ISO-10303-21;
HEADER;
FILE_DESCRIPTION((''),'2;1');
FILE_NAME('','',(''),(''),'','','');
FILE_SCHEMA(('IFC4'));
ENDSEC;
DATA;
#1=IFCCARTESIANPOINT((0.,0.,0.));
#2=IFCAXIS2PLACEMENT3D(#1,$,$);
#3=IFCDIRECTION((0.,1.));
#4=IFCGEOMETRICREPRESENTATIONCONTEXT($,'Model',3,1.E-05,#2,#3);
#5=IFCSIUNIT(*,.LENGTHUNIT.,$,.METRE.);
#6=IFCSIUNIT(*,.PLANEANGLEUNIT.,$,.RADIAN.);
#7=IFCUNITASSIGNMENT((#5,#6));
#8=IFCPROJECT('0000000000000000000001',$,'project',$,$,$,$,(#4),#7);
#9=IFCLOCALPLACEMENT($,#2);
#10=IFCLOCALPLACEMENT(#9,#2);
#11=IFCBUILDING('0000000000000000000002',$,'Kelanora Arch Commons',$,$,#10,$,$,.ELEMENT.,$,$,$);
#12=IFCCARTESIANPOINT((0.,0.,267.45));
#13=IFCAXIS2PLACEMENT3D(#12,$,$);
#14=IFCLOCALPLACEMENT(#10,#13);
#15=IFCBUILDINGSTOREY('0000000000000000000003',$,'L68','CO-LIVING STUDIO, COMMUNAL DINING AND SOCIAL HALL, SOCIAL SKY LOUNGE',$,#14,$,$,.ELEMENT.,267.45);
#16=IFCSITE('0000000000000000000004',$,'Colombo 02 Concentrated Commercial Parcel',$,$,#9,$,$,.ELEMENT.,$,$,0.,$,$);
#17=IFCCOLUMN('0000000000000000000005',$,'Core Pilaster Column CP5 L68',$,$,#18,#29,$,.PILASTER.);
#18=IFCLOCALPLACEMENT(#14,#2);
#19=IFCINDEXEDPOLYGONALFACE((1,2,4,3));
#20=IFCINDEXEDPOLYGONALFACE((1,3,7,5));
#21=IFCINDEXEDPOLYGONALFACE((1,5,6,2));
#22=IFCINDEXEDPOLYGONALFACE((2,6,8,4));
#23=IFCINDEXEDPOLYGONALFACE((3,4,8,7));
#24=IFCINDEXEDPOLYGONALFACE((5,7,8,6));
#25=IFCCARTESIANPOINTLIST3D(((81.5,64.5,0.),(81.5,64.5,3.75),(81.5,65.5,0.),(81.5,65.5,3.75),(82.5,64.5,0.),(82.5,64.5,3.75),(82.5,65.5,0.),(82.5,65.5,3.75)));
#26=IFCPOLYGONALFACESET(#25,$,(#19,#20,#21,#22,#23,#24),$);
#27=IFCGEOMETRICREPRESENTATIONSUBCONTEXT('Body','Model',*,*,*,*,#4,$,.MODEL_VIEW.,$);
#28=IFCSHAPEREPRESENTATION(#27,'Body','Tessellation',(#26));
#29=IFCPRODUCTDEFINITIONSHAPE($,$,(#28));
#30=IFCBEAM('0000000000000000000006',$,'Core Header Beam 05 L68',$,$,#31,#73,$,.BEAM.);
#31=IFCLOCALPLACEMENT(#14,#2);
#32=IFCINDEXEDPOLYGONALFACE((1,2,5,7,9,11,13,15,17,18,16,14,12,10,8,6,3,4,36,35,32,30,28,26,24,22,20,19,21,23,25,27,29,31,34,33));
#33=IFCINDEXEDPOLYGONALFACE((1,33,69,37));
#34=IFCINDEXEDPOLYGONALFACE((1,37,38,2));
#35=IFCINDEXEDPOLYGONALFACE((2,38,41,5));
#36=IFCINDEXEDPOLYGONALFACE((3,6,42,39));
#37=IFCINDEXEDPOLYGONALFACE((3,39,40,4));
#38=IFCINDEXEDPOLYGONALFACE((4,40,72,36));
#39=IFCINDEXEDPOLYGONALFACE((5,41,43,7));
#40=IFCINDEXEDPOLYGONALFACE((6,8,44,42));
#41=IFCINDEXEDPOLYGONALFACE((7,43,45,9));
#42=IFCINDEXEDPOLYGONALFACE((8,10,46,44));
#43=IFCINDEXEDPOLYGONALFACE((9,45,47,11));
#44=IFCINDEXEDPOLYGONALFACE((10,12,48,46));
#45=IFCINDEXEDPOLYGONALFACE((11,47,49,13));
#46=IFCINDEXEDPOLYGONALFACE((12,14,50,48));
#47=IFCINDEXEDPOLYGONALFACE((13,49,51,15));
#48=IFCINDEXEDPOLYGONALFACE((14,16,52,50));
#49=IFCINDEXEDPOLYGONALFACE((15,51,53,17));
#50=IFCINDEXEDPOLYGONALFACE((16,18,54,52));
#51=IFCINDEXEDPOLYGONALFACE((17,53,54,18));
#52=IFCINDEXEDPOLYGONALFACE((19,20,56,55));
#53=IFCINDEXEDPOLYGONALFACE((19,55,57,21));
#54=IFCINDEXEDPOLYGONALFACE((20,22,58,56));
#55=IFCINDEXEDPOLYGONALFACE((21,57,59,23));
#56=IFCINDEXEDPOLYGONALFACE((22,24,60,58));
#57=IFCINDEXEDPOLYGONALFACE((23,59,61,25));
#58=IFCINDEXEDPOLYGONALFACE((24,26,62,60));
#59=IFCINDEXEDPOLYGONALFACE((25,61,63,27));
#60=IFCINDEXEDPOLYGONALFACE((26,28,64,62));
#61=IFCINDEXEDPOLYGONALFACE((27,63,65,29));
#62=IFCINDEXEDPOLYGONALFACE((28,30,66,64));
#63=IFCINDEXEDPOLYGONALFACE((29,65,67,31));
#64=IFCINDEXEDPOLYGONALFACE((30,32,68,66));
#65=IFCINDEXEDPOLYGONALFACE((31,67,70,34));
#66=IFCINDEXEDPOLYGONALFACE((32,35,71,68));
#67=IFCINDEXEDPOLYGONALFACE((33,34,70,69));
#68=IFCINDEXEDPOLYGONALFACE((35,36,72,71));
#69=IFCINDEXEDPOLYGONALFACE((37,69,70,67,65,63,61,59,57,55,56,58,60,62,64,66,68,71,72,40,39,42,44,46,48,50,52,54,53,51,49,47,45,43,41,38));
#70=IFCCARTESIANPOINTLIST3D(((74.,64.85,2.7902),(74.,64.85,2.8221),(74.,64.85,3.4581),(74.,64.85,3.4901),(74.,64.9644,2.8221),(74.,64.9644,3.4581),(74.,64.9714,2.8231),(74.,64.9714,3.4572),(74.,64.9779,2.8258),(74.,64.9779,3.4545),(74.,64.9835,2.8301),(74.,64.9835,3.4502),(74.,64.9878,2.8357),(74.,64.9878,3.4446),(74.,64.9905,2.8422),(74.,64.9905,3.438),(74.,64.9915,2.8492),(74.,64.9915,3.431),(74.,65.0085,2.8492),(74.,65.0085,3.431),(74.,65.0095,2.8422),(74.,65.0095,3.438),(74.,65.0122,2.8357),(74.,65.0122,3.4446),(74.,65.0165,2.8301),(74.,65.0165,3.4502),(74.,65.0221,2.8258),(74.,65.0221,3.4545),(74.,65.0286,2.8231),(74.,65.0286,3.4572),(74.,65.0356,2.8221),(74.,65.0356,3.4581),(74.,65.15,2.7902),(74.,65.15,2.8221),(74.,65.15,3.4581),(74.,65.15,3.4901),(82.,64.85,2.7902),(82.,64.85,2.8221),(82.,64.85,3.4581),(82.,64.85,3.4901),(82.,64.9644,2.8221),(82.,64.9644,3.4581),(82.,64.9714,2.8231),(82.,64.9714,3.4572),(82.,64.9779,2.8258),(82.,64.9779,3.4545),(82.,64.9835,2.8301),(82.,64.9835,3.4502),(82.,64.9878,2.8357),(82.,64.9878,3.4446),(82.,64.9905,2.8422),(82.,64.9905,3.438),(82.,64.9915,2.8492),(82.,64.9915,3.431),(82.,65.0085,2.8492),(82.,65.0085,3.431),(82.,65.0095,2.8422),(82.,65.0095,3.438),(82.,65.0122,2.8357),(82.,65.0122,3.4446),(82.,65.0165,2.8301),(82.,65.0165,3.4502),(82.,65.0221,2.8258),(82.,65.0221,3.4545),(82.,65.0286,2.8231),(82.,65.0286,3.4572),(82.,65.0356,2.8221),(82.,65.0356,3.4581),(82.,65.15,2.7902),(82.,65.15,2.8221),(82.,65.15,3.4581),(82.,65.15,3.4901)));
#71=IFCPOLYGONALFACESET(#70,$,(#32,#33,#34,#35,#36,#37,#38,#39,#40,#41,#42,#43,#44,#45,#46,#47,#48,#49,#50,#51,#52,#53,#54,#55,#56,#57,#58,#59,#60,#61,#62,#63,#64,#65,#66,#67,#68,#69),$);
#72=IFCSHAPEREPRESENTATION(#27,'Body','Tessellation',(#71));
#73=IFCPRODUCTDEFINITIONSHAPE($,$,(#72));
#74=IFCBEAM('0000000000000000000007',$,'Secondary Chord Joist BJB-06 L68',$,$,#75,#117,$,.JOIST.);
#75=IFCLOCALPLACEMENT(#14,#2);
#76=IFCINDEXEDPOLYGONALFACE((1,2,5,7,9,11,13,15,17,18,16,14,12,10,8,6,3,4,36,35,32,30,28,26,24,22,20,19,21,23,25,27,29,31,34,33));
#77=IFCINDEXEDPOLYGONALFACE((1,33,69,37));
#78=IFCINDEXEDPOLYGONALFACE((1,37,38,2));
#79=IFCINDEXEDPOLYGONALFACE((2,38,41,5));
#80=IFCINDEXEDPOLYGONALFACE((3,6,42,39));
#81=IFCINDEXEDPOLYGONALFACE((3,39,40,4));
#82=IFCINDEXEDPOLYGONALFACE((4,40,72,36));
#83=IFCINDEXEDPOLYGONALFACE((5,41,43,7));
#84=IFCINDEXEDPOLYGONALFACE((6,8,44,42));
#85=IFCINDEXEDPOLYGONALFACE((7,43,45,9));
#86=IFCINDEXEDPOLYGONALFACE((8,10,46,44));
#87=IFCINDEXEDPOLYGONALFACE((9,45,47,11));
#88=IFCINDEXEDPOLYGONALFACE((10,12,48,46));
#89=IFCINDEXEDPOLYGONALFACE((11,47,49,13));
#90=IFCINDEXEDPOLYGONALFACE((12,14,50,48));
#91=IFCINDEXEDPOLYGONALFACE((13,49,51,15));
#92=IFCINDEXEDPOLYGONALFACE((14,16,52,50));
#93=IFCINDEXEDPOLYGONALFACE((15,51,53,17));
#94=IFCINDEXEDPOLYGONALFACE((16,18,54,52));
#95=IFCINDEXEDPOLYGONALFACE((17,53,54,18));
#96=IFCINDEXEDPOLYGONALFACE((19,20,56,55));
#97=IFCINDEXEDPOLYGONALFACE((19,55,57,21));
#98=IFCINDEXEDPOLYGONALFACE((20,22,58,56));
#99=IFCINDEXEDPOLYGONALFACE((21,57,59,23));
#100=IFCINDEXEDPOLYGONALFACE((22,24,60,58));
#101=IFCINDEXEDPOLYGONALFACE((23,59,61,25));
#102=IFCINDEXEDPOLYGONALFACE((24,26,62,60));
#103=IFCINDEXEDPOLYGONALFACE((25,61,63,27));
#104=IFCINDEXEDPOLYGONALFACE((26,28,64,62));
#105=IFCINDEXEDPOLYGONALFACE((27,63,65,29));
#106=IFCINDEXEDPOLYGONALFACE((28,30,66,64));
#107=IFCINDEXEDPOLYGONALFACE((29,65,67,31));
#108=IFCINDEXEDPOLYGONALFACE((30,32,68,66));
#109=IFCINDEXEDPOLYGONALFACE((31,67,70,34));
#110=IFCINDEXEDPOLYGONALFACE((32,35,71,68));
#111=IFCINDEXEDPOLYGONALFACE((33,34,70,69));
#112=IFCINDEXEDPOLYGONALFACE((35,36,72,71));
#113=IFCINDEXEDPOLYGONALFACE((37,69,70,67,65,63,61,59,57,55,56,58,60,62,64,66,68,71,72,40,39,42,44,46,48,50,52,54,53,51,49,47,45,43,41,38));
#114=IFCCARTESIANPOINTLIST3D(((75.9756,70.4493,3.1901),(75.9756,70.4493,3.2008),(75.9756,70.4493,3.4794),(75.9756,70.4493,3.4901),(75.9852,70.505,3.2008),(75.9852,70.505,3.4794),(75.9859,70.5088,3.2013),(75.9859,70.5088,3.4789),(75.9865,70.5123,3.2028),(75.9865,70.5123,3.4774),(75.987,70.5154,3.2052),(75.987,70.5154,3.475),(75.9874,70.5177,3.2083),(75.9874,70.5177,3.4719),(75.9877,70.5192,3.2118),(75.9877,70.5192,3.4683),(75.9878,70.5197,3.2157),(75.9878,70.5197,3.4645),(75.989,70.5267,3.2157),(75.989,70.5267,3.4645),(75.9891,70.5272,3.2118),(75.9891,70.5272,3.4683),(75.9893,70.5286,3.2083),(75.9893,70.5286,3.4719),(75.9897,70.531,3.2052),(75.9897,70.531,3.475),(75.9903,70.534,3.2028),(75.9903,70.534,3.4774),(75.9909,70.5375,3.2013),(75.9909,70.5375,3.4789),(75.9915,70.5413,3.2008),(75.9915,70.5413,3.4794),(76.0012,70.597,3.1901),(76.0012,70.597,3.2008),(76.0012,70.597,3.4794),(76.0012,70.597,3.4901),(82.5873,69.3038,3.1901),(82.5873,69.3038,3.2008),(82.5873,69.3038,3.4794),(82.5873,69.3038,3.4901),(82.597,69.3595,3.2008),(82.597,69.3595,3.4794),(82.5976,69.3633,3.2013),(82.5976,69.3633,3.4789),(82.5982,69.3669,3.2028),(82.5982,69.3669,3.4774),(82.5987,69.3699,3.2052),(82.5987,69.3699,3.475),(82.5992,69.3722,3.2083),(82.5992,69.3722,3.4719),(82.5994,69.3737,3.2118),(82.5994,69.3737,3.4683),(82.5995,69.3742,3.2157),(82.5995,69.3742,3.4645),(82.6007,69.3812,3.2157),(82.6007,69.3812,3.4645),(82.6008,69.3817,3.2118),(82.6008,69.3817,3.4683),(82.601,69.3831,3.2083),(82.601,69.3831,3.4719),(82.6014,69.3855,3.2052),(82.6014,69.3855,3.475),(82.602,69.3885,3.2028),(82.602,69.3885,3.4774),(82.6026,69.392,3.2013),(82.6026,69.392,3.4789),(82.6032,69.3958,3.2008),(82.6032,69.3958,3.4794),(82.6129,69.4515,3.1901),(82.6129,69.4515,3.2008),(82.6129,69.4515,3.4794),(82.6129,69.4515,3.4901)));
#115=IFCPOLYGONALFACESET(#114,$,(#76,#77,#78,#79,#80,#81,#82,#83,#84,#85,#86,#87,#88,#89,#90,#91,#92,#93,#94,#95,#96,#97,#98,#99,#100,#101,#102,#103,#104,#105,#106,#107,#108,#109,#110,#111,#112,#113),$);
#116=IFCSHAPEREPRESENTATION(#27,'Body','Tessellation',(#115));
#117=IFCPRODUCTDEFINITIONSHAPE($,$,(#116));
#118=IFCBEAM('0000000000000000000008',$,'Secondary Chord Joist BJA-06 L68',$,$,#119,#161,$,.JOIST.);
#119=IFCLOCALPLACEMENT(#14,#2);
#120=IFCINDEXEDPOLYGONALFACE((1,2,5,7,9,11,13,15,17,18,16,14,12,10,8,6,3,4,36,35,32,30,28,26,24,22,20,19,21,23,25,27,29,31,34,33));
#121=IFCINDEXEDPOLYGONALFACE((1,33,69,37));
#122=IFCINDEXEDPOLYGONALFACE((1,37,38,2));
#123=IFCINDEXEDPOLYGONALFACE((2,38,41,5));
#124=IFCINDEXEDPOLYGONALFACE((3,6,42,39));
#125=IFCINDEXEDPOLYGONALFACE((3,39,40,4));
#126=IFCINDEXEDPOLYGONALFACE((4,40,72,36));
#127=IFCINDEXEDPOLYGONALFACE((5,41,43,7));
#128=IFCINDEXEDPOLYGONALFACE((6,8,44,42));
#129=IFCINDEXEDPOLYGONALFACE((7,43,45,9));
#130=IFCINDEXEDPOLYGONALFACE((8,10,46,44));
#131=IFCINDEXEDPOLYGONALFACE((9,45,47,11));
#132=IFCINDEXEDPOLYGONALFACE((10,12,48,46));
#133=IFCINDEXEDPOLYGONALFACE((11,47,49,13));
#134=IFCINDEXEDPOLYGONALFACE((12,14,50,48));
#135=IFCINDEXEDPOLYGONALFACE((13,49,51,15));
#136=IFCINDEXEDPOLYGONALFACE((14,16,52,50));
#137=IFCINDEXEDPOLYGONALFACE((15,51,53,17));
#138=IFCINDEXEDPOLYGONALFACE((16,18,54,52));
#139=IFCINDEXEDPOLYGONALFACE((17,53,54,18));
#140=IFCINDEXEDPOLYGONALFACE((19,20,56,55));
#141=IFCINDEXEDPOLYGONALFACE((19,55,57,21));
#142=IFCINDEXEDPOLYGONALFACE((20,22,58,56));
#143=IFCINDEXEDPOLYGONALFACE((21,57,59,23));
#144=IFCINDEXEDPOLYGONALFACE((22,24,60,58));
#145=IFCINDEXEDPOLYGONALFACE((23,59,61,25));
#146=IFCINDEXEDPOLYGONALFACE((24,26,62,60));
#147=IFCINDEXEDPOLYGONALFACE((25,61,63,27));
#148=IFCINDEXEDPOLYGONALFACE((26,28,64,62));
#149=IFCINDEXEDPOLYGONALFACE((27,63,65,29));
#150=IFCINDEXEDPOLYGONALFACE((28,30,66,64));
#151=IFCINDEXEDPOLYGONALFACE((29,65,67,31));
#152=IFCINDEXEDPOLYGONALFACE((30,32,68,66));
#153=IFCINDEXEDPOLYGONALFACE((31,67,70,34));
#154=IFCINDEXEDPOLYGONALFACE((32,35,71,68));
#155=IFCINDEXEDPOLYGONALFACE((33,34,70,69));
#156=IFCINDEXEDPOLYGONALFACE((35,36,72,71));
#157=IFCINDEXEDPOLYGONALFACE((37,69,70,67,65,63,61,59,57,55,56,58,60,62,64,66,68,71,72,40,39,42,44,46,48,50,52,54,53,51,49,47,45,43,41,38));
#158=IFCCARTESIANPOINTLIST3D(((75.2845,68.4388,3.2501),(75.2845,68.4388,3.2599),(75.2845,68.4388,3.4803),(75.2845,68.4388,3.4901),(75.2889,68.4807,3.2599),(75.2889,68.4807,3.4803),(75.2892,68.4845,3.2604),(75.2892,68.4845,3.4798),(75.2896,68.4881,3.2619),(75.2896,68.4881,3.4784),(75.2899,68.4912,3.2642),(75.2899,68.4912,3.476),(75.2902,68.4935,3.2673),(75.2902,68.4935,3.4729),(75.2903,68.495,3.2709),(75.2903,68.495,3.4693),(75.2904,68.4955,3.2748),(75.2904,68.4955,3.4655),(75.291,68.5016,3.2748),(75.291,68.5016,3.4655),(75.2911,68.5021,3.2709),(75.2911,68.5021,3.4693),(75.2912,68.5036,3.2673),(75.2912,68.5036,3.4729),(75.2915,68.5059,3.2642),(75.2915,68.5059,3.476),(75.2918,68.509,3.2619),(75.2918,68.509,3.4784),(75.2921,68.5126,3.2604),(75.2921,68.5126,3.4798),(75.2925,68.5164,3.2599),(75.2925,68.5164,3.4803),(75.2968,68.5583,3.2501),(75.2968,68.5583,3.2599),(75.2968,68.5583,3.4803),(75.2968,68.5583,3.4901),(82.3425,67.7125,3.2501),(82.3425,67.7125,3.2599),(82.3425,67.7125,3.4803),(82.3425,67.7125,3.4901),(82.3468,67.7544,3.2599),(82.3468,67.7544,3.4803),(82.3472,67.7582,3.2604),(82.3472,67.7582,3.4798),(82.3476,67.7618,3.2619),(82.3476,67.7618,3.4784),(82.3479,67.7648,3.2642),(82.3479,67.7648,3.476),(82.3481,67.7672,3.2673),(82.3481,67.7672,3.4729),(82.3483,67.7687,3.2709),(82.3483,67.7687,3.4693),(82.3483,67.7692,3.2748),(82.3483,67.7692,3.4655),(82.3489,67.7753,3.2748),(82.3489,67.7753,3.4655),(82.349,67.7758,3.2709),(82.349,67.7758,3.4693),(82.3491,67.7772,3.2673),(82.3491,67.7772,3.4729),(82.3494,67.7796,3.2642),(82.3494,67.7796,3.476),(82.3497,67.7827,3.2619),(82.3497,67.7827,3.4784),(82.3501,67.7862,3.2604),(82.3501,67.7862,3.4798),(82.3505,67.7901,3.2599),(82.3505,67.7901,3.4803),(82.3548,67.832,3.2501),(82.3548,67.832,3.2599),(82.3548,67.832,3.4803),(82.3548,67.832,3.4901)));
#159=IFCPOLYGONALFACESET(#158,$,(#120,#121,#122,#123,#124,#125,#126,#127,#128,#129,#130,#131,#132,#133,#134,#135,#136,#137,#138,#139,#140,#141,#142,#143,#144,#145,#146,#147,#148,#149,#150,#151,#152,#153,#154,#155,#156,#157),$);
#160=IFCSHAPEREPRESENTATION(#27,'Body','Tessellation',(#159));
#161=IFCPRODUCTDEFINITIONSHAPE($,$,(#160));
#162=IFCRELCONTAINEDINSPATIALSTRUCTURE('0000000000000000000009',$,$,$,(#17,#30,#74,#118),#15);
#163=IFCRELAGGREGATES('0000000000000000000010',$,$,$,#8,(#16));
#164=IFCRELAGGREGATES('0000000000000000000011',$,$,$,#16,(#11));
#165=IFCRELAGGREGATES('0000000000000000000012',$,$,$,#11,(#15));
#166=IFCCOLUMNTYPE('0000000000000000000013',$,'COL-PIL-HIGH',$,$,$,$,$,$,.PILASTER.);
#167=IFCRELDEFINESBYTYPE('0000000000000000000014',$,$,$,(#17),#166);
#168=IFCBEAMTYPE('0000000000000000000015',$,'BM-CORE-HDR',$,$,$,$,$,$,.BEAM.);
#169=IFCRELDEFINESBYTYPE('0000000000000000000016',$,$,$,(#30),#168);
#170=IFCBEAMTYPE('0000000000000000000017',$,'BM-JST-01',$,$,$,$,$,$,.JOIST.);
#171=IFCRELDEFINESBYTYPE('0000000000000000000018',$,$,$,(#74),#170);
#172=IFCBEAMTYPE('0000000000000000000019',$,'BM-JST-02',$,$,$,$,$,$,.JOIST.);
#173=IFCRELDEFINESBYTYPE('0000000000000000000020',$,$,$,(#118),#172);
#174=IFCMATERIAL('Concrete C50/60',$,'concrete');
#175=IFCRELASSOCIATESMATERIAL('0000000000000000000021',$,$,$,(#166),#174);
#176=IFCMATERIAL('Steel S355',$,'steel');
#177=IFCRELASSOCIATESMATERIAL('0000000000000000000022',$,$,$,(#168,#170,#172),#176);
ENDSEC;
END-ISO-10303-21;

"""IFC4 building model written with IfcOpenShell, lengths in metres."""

from ifc_helpers import new_model, si_unit, direction, frame, origin, origin_2d, place, context, subcontext, project, spatial, rectangle, i_section, extrude, material, material_profile, profile_set, type_object, element, save


model = new_model("IFC4")

# Units and contexts
model_context = context("Model", 3, precision=1e-05, world=origin(), true_north=direction((0.0, 1.0)))
body_context = subcontext(model_context, "Body", "Model", "MODEL_VIEW")
ifc_project = project(units=[si_unit("LENGTHUNIT", "METRE"), si_unit("PLANEANGLEUNIT", "RADIAN")], contexts=[model_context])

# Site, building, storey
site_placement = place(None, origin())
site = spatial("IfcSite", under=ifc_project, at=site_placement, Name="Colombo 02 Concentrated Commercial Parcel", CompositionType="ELEMENT", RefElevation=0.0)
building_placement = place(site_placement, origin())
building = spatial("IfcBuilding", under=site, at=building_placement, Name="Kelanora Arch Commons", CompositionType="ELEMENT")
storey_placement = place(building_placement, frame((0.0, 0.0, 267.45)))
storey = spatial("IfcBuildingStorey", under=building, at=storey_placement, Name="L68", Description="CO-LIVING STUDIO, COMMUNAL DINING AND SOCIAL HALL, SOCIAL SKY LOUNGE", CompositionType="ELEMENT", Elevation=267.45)

# Column
ifc_material_1 = material(Name="Concrete C50/60", Category="concrete")
ifc_material_profile_1 = material_profile(ifc_material_1, rectangle(XDim=1.0, YDim=1.0, at=origin_2d()), Name="RC1000x1000")
ifc_profile_set_1 = profile_set([ifc_material_profile_1], Name="Concrete C50/60")
column_type = type_object("IfcColumnType", Name="COL-PIL-HIGH", PredefinedType="PILASTER", material=ifc_profile_set_1)
column_placement = place(storey_placement, frame((82.0, 65.0, 0.0), z_axis=(0.0, 0.0, 1.0), x_axis=(1.0, 0.0, 0.0)))
element("IfcColumn", 1, at=column_placement, inside=storey, type_object=column_type, Name="Core Pilaster Column CP5 L68", PredefinedType="PILASTER", context=body_context, shape_type="SweptSolid", body=[
    extrude(rectangle(XDim=1.0, YDim=1.0, at=origin_2d()), origin(), (0.0, 0.0, 1.0), 3.75),
])

# Beams
ifc_material_2 = material(Name="Steel S355", Category="steel")
ifc_material_profile_2 = material_profile(ifc_material_2, i_section(OverallWidth=0.3, OverallDepth=0.7, WebThickness=0.0171, FlangeThickness=0.032, FilletRadius=0.0271, at=origin_2d()), Name="HEB700")
ifc_profile_set_2 = profile_set([ifc_material_profile_2], Name="Steel S355")
beam_type_1 = type_object("IfcBeamType", Name="BM-CORE-HDR", PredefinedType="BEAM", material=ifc_profile_set_2)
beam_1_placement = place(storey_placement, frame((82.0, 65.0, 3.1401), z_axis=(-1.0, 0.0, 0.0), x_axis=(0.0, -1.0, 0.0)))
element("IfcBeam", 2, at=beam_1_placement, inside=storey, type_object=beam_type_1, Name="Core Header Beam 05 L68", PredefinedType="BEAM", context=body_context, shape_type="SweptSolid", body=[
    extrude(i_section(OverallWidth=0.3, OverallDepth=0.7, WebThickness=0.0171, FlangeThickness=0.032, FilletRadius=0.0271, at=origin_2d()), origin(), (0.0, 0.0, 1.0), 8.0),
])
ifc_material_profile_3 = material_profile(ifc_material_2, i_section(OverallWidth=0.1499, OverallDepth=0.3, WebThickness=0.0071, FlangeThickness=0.0107, FilletRadius=0.0149, at=origin_2d()), Name="IPE300")
ifc_profile_set_3 = profile_set([ifc_material_profile_3], Name="Steel S355")
beam_type_2 = type_object("IfcBeamType", Name="BM-JST-01", PredefinedType="JOIST", material=ifc_profile_set_3)
beam_2_placement = place(storey_placement, frame((82.6001, 69.3777, 3.3401), z_axis=(-0.985322, 0.170709, 0.0), x_axis=(-0.170709, -0.985322, 0.0)))
element("IfcBeam", 3, at=beam_2_placement, inside=storey, type_object=beam_type_2, Name="Secondary Chord Joist BJB-06 L68", PredefinedType="JOIST", context=body_context, shape_type="SweptSolid", body=[
    extrude(i_section(OverallWidth=0.1499, OverallDepth=0.3, WebThickness=0.0071, FlangeThickness=0.0107, FilletRadius=0.0149, at=origin_2d()), origin(), (0.0, 0.0, 1.0), 6.7102),
])
ifc_material_profile_4 = material_profile(ifc_material_2, i_section(OverallWidth=0.1201, OverallDepth=0.24, WebThickness=0.0061, FlangeThickness=0.0098, FilletRadius=0.0149, at=origin_2d()), Name="IPE240")
ifc_profile_set_4 = profile_set([ifc_material_profile_4], Name="Steel S355")
beam_type_3 = type_object("IfcBeamType", Name="BM-JST-02", PredefinedType="JOIST", material=ifc_profile_set_4)
beam_3_placement = place(storey_placement, frame((82.3486, 67.7722, 3.3701), z_axis=(-0.994747, 0.102369, 0.0), x_axis=(-0.102369, -0.994747, 0.0)))
element("IfcBeam", 4, at=beam_3_placement, inside=storey, type_object=beam_type_3, Name="Secondary Chord Joist BJA-06 L68", PredefinedType="JOIST", context=body_context, shape_type="SweptSolid", body=[
    extrude(i_section(OverallWidth=0.1201, OverallDepth=0.24, WebThickness=0.0061, FlangeThickness=0.0098, FilletRadius=0.0149, at=origin_2d()), origin(), (0.0, 0.0, 1.0), 7.0952),
])

save(model, "model.ifc")
